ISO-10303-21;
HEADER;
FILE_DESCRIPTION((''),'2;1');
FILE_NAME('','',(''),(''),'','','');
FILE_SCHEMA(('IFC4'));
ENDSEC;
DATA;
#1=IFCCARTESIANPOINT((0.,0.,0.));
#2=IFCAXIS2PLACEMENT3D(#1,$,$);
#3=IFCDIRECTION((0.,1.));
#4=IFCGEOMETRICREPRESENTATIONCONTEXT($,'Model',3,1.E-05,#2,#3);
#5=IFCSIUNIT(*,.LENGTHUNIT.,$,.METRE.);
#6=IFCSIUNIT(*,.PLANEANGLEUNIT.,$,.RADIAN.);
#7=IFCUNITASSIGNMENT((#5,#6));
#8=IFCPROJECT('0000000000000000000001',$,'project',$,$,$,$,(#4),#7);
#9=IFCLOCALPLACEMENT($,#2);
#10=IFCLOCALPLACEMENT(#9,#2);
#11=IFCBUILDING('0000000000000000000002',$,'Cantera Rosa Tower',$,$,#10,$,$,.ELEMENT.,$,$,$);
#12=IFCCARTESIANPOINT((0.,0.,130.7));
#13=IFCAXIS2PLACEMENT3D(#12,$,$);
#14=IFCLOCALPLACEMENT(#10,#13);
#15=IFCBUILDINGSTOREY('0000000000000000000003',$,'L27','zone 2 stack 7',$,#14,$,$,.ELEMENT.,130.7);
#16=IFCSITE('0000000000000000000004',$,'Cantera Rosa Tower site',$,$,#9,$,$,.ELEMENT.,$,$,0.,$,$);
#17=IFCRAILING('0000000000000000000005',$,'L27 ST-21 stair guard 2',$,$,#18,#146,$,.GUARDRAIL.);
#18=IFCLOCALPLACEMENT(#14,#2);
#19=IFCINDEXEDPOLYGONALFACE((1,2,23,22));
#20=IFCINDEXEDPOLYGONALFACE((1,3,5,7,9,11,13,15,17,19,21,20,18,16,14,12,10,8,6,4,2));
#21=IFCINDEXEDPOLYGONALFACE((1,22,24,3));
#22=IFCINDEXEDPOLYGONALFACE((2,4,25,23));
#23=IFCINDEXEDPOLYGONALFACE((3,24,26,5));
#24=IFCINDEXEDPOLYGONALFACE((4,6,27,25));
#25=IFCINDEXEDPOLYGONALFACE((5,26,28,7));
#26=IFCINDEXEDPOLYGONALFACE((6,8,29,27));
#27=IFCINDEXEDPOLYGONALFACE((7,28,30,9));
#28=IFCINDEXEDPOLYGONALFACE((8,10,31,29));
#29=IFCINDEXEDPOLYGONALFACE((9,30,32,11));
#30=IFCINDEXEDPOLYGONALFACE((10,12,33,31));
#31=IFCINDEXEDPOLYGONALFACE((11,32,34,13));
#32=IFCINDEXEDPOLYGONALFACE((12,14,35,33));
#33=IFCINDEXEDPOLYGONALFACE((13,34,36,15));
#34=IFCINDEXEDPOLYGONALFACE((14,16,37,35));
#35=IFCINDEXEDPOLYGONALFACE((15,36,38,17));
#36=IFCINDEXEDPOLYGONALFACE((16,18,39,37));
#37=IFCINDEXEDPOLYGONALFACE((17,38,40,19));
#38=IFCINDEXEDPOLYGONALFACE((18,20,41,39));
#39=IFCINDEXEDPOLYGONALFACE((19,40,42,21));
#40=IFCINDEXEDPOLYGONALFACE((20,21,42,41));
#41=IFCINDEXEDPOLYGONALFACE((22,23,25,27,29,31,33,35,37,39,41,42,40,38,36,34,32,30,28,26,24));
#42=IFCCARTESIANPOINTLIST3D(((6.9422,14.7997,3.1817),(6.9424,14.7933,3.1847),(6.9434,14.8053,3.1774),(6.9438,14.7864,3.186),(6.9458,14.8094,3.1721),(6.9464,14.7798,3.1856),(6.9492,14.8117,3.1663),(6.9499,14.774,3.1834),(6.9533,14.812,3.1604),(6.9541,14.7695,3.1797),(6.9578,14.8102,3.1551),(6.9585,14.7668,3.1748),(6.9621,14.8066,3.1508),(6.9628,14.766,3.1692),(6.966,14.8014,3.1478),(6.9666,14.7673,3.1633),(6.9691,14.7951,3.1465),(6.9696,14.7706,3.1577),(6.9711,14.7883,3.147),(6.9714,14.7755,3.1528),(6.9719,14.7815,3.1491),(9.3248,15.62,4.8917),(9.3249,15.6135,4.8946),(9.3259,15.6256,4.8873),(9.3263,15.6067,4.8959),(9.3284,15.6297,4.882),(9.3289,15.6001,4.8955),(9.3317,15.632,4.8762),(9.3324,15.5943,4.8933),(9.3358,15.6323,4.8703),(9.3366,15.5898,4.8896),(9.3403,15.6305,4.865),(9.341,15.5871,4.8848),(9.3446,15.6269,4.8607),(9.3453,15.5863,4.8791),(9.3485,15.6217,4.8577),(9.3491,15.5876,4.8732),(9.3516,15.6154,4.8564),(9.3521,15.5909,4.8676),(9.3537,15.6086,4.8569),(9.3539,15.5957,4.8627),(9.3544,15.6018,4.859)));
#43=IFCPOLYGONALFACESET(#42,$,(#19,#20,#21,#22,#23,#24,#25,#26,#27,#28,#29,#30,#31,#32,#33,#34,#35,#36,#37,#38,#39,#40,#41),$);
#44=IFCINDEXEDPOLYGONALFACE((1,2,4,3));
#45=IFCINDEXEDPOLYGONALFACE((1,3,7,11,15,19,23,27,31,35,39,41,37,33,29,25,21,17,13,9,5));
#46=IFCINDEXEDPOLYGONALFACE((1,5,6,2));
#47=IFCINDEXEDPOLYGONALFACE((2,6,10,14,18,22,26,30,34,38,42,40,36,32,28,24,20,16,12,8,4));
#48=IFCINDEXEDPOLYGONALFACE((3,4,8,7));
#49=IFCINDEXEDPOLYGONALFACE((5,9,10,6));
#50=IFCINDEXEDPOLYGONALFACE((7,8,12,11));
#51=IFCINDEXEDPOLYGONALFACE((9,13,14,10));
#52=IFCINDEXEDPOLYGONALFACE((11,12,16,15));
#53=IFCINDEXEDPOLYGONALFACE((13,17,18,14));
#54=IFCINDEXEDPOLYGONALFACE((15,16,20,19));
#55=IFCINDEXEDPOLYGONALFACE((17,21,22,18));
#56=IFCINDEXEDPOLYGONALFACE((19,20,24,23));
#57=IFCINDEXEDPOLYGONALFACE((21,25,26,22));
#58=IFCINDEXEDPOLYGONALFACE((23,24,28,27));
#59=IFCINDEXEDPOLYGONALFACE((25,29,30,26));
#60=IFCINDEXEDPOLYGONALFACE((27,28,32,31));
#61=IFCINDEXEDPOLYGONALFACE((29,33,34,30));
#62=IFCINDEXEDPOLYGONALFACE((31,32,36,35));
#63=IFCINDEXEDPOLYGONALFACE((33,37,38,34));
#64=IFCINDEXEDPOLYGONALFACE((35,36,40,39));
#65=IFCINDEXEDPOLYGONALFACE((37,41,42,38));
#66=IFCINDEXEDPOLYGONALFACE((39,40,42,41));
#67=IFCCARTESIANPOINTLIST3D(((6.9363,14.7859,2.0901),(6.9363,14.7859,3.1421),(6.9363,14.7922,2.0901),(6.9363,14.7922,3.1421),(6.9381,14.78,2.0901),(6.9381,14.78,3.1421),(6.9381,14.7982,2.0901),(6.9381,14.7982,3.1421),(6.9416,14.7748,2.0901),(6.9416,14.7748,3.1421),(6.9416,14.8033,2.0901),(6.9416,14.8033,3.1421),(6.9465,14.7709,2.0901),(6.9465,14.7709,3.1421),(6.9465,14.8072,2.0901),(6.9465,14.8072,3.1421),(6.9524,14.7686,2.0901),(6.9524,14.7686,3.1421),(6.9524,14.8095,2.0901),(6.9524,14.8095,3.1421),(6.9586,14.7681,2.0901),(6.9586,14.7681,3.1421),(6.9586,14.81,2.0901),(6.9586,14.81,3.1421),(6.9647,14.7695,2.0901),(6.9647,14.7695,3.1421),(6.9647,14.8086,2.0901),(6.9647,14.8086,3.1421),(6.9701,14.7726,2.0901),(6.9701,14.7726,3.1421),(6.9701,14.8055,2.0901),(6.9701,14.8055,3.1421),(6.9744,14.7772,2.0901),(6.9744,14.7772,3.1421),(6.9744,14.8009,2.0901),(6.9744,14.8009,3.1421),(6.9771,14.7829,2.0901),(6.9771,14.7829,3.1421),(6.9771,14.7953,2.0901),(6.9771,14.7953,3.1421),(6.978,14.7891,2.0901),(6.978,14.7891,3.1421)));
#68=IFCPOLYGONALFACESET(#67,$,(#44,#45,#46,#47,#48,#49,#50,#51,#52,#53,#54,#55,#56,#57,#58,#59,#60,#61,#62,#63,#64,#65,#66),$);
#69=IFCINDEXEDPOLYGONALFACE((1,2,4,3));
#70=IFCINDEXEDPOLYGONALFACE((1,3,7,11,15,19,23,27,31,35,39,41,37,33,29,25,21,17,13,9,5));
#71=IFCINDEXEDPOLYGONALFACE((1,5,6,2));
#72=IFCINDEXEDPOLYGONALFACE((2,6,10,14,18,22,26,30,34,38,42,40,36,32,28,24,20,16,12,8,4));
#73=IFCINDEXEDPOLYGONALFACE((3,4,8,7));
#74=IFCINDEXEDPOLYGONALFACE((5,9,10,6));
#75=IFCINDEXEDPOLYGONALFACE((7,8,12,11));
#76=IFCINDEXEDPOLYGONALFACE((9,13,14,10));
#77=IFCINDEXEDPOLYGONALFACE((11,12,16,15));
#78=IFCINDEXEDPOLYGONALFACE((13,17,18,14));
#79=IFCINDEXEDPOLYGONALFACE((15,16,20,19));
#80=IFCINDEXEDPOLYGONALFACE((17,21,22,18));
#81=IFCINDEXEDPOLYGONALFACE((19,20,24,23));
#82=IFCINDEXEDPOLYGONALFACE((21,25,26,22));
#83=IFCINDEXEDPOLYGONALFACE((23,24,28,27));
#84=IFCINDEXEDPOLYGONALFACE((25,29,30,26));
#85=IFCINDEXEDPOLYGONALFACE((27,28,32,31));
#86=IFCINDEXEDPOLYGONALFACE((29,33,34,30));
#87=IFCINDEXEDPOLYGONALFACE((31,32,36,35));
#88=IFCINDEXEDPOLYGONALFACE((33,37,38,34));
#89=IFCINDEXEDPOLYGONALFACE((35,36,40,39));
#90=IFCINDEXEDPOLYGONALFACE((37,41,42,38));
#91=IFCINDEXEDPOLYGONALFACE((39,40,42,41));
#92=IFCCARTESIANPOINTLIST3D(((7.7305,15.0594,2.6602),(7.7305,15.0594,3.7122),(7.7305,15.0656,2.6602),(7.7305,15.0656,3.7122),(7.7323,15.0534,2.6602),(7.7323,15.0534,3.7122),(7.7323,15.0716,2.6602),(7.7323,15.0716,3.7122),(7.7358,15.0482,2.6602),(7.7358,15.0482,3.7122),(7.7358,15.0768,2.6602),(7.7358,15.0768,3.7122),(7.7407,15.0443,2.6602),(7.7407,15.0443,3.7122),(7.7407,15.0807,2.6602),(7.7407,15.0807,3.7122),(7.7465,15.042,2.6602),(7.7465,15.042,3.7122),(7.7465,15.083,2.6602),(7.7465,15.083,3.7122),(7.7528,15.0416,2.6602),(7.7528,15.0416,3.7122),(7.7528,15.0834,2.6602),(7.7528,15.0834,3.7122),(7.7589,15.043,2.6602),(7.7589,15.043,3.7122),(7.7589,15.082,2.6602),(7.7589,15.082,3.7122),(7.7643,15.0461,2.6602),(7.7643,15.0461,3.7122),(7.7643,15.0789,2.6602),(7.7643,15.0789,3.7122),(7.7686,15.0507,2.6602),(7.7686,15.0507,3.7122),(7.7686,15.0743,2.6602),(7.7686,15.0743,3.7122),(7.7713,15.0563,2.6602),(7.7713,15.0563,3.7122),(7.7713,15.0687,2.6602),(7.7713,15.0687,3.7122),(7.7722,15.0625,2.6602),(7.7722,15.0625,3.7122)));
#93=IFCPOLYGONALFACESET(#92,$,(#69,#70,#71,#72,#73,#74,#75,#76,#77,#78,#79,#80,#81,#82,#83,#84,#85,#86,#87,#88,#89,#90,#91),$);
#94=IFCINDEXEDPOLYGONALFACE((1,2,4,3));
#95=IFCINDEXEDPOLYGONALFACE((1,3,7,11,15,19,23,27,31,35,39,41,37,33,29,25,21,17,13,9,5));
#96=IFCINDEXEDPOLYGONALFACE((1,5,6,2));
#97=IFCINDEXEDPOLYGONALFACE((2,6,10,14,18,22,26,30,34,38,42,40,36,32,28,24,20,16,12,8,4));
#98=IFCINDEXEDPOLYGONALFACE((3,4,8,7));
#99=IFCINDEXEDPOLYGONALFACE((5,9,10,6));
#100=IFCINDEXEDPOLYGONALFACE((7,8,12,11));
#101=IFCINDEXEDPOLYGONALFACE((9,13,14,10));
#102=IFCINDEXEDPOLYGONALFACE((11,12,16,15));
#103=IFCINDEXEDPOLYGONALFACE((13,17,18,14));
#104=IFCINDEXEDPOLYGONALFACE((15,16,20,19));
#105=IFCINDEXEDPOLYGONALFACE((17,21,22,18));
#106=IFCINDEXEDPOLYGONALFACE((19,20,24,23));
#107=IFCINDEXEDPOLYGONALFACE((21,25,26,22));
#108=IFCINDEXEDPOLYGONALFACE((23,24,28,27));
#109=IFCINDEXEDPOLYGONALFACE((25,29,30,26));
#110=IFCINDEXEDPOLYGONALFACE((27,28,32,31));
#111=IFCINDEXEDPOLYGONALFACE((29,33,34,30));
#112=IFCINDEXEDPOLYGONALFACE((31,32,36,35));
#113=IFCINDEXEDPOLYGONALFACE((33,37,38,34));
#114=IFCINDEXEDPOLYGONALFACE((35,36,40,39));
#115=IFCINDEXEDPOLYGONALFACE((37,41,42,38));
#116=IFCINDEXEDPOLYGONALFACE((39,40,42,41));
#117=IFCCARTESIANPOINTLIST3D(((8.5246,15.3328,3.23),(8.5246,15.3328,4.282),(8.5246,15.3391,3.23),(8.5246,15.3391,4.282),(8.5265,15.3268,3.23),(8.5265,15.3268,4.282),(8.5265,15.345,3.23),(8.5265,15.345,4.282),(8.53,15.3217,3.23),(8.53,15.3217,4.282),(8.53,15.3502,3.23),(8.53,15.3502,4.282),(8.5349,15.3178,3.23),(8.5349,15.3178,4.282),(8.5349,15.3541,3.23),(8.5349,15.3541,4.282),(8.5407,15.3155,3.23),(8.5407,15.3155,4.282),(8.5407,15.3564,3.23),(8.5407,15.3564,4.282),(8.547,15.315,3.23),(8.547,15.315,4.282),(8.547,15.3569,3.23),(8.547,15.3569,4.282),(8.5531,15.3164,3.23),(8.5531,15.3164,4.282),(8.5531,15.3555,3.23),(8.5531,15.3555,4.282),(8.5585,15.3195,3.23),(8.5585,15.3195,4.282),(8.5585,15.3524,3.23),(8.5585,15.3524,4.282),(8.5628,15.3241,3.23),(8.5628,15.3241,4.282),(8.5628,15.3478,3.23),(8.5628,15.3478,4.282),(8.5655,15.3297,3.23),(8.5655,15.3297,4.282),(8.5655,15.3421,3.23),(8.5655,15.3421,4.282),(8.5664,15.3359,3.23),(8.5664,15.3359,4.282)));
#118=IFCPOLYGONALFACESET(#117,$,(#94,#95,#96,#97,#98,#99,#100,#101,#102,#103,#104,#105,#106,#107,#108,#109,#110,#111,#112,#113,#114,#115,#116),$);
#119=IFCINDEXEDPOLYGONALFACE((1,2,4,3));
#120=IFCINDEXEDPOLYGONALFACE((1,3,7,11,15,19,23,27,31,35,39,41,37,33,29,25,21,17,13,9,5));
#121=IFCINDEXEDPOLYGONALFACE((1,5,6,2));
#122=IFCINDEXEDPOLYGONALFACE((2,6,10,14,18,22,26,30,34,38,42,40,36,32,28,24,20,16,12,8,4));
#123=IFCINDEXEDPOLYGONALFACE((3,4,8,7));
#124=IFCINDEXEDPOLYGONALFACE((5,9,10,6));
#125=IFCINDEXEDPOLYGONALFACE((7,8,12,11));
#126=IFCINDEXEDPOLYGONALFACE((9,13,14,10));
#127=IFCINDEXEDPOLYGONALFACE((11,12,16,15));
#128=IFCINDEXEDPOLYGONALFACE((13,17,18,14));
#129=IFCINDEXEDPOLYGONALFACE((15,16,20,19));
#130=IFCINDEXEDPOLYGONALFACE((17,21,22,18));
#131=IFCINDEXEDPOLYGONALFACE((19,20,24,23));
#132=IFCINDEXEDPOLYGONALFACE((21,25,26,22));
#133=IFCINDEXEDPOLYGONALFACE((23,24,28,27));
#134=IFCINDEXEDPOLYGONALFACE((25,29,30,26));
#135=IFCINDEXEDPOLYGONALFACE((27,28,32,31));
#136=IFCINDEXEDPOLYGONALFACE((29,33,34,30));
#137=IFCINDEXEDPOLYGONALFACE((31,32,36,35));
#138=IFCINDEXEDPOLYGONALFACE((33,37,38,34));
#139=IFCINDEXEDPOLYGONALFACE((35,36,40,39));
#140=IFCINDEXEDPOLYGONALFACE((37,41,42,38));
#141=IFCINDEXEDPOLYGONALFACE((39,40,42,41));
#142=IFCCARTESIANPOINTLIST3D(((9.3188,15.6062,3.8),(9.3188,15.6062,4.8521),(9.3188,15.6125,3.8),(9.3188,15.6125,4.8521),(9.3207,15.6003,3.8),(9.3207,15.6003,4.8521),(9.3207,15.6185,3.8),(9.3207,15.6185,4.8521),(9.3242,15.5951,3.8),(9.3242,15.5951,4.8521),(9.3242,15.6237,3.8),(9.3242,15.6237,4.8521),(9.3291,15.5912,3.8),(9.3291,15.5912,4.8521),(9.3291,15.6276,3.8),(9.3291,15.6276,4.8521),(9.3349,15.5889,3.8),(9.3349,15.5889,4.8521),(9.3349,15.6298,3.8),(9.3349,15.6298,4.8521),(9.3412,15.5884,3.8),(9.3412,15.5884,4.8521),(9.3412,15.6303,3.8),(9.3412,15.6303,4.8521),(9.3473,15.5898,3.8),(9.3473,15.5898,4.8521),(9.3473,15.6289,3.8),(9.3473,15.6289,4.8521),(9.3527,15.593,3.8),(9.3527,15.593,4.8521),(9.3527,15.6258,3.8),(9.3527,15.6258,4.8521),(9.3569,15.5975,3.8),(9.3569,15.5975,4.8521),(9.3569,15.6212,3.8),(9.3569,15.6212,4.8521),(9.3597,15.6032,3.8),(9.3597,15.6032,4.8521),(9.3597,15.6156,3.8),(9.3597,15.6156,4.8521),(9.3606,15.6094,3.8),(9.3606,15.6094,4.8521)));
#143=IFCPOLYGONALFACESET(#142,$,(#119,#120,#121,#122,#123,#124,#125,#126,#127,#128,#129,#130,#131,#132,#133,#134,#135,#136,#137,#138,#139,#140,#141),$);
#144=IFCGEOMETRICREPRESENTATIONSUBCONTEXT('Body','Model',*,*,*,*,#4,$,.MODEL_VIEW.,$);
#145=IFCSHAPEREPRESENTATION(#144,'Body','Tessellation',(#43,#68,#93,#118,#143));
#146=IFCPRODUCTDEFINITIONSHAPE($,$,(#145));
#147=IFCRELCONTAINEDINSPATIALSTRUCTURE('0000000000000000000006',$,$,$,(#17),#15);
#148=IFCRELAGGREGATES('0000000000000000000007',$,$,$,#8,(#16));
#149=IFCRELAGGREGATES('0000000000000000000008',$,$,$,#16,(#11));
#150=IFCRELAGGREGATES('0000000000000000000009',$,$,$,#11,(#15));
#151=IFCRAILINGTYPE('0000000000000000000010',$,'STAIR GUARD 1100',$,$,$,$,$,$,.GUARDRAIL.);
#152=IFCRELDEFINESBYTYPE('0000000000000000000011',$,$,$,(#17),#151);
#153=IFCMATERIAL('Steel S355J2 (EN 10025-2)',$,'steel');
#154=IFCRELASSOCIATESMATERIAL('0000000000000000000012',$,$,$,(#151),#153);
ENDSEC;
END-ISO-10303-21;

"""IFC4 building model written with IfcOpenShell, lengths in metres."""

from ifc_helpers import new_model, si_unit, direction, frame, origin, origin_2d, place, context, subcontext, project, spatial, circle, extrude, material, type_object, element, save


model = new_model("IFC4")

# Units and contexts
model_context = context("Model", 3, precision=1e-05, world=origin(), true_north=direction((0.0, 1.0)))
body_context = subcontext(model_context, "Body", "Model", "MODEL_VIEW")
ifc_project = project(units=[si_unit("LENGTHUNIT", "METRE"), si_unit("PLANEANGLEUNIT", "RADIAN")], contexts=[model_context])

# Site, building, storey
site_placement = place(None, origin())
site = spatial("IfcSite", under=ifc_project, at=site_placement, Name="Cantera Rosa Tower site", CompositionType="ELEMENT", RefElevation=0.0)
building_placement = place(site_placement, origin())
building = spatial("IfcBuilding", under=site, at=building_placement, Name="Cantera Rosa Tower", CompositionType="ELEMENT")
storey_placement = place(building_placement, frame((0.0, 0.0, 130.7)))
storey = spatial("IfcBuildingStorey", under=building, at=storey_placement, Name="L27", Description="zone 2 stack 7", CompositionType="ELEMENT", Elevation=130.7)

# Railing
ifc_material_1 = material(Name="Steel S355J2 (EN 10025-2)", Category="steel")
railing_type_1 = type_object("IfcRailingType", Name="STAIR GUARD 1100", PredefinedType="GUARDRAIL", material=ifc_material_1)
railing_1_placement = place(storey_placement, frame((6.957, 14.7891, 2.0901)))
element("IfcRailing", 1, at=railing_1_placement, inside=storey, type_object=railing_type_1, Name="L27 ST-21 stair guard 2", PredefinedType="GUARDRAIL", context=body_context, shape_type="SweptSolid", body=[
    extrude(circle(Radius=0.0239, at=origin_2d()), frame((0.0, 0.0, 1.0762), z_axis=(0.78239, 0.269375, 0.561519), x_axis=(-0.325543, 0.945527, 0.0)), (0.0, 0.0, 1.0), 3.0452),
    extrude(circle(Radius=0.021, at=origin_2d()), origin(), (0.0, 0.0, 1.0), 1.052),
    extrude(circle(Radius=0.021, at=origin_2d()), frame((0.7942, 0.2734, 0.5701)), (0.0, 0.0, 1.0), 1.052),
    extrude(circle(Radius=0.021, at=origin_2d()), frame((1.5884, 0.5469, 1.1399)), (0.0, 0.0, 1.0), 1.052),
    extrude(circle(Radius=0.021, at=origin_2d()), frame((2.3826, 0.8203, 1.71)), (0.0, 0.0, 1.0), 1.052),
])

save(model, "model.ifc")
